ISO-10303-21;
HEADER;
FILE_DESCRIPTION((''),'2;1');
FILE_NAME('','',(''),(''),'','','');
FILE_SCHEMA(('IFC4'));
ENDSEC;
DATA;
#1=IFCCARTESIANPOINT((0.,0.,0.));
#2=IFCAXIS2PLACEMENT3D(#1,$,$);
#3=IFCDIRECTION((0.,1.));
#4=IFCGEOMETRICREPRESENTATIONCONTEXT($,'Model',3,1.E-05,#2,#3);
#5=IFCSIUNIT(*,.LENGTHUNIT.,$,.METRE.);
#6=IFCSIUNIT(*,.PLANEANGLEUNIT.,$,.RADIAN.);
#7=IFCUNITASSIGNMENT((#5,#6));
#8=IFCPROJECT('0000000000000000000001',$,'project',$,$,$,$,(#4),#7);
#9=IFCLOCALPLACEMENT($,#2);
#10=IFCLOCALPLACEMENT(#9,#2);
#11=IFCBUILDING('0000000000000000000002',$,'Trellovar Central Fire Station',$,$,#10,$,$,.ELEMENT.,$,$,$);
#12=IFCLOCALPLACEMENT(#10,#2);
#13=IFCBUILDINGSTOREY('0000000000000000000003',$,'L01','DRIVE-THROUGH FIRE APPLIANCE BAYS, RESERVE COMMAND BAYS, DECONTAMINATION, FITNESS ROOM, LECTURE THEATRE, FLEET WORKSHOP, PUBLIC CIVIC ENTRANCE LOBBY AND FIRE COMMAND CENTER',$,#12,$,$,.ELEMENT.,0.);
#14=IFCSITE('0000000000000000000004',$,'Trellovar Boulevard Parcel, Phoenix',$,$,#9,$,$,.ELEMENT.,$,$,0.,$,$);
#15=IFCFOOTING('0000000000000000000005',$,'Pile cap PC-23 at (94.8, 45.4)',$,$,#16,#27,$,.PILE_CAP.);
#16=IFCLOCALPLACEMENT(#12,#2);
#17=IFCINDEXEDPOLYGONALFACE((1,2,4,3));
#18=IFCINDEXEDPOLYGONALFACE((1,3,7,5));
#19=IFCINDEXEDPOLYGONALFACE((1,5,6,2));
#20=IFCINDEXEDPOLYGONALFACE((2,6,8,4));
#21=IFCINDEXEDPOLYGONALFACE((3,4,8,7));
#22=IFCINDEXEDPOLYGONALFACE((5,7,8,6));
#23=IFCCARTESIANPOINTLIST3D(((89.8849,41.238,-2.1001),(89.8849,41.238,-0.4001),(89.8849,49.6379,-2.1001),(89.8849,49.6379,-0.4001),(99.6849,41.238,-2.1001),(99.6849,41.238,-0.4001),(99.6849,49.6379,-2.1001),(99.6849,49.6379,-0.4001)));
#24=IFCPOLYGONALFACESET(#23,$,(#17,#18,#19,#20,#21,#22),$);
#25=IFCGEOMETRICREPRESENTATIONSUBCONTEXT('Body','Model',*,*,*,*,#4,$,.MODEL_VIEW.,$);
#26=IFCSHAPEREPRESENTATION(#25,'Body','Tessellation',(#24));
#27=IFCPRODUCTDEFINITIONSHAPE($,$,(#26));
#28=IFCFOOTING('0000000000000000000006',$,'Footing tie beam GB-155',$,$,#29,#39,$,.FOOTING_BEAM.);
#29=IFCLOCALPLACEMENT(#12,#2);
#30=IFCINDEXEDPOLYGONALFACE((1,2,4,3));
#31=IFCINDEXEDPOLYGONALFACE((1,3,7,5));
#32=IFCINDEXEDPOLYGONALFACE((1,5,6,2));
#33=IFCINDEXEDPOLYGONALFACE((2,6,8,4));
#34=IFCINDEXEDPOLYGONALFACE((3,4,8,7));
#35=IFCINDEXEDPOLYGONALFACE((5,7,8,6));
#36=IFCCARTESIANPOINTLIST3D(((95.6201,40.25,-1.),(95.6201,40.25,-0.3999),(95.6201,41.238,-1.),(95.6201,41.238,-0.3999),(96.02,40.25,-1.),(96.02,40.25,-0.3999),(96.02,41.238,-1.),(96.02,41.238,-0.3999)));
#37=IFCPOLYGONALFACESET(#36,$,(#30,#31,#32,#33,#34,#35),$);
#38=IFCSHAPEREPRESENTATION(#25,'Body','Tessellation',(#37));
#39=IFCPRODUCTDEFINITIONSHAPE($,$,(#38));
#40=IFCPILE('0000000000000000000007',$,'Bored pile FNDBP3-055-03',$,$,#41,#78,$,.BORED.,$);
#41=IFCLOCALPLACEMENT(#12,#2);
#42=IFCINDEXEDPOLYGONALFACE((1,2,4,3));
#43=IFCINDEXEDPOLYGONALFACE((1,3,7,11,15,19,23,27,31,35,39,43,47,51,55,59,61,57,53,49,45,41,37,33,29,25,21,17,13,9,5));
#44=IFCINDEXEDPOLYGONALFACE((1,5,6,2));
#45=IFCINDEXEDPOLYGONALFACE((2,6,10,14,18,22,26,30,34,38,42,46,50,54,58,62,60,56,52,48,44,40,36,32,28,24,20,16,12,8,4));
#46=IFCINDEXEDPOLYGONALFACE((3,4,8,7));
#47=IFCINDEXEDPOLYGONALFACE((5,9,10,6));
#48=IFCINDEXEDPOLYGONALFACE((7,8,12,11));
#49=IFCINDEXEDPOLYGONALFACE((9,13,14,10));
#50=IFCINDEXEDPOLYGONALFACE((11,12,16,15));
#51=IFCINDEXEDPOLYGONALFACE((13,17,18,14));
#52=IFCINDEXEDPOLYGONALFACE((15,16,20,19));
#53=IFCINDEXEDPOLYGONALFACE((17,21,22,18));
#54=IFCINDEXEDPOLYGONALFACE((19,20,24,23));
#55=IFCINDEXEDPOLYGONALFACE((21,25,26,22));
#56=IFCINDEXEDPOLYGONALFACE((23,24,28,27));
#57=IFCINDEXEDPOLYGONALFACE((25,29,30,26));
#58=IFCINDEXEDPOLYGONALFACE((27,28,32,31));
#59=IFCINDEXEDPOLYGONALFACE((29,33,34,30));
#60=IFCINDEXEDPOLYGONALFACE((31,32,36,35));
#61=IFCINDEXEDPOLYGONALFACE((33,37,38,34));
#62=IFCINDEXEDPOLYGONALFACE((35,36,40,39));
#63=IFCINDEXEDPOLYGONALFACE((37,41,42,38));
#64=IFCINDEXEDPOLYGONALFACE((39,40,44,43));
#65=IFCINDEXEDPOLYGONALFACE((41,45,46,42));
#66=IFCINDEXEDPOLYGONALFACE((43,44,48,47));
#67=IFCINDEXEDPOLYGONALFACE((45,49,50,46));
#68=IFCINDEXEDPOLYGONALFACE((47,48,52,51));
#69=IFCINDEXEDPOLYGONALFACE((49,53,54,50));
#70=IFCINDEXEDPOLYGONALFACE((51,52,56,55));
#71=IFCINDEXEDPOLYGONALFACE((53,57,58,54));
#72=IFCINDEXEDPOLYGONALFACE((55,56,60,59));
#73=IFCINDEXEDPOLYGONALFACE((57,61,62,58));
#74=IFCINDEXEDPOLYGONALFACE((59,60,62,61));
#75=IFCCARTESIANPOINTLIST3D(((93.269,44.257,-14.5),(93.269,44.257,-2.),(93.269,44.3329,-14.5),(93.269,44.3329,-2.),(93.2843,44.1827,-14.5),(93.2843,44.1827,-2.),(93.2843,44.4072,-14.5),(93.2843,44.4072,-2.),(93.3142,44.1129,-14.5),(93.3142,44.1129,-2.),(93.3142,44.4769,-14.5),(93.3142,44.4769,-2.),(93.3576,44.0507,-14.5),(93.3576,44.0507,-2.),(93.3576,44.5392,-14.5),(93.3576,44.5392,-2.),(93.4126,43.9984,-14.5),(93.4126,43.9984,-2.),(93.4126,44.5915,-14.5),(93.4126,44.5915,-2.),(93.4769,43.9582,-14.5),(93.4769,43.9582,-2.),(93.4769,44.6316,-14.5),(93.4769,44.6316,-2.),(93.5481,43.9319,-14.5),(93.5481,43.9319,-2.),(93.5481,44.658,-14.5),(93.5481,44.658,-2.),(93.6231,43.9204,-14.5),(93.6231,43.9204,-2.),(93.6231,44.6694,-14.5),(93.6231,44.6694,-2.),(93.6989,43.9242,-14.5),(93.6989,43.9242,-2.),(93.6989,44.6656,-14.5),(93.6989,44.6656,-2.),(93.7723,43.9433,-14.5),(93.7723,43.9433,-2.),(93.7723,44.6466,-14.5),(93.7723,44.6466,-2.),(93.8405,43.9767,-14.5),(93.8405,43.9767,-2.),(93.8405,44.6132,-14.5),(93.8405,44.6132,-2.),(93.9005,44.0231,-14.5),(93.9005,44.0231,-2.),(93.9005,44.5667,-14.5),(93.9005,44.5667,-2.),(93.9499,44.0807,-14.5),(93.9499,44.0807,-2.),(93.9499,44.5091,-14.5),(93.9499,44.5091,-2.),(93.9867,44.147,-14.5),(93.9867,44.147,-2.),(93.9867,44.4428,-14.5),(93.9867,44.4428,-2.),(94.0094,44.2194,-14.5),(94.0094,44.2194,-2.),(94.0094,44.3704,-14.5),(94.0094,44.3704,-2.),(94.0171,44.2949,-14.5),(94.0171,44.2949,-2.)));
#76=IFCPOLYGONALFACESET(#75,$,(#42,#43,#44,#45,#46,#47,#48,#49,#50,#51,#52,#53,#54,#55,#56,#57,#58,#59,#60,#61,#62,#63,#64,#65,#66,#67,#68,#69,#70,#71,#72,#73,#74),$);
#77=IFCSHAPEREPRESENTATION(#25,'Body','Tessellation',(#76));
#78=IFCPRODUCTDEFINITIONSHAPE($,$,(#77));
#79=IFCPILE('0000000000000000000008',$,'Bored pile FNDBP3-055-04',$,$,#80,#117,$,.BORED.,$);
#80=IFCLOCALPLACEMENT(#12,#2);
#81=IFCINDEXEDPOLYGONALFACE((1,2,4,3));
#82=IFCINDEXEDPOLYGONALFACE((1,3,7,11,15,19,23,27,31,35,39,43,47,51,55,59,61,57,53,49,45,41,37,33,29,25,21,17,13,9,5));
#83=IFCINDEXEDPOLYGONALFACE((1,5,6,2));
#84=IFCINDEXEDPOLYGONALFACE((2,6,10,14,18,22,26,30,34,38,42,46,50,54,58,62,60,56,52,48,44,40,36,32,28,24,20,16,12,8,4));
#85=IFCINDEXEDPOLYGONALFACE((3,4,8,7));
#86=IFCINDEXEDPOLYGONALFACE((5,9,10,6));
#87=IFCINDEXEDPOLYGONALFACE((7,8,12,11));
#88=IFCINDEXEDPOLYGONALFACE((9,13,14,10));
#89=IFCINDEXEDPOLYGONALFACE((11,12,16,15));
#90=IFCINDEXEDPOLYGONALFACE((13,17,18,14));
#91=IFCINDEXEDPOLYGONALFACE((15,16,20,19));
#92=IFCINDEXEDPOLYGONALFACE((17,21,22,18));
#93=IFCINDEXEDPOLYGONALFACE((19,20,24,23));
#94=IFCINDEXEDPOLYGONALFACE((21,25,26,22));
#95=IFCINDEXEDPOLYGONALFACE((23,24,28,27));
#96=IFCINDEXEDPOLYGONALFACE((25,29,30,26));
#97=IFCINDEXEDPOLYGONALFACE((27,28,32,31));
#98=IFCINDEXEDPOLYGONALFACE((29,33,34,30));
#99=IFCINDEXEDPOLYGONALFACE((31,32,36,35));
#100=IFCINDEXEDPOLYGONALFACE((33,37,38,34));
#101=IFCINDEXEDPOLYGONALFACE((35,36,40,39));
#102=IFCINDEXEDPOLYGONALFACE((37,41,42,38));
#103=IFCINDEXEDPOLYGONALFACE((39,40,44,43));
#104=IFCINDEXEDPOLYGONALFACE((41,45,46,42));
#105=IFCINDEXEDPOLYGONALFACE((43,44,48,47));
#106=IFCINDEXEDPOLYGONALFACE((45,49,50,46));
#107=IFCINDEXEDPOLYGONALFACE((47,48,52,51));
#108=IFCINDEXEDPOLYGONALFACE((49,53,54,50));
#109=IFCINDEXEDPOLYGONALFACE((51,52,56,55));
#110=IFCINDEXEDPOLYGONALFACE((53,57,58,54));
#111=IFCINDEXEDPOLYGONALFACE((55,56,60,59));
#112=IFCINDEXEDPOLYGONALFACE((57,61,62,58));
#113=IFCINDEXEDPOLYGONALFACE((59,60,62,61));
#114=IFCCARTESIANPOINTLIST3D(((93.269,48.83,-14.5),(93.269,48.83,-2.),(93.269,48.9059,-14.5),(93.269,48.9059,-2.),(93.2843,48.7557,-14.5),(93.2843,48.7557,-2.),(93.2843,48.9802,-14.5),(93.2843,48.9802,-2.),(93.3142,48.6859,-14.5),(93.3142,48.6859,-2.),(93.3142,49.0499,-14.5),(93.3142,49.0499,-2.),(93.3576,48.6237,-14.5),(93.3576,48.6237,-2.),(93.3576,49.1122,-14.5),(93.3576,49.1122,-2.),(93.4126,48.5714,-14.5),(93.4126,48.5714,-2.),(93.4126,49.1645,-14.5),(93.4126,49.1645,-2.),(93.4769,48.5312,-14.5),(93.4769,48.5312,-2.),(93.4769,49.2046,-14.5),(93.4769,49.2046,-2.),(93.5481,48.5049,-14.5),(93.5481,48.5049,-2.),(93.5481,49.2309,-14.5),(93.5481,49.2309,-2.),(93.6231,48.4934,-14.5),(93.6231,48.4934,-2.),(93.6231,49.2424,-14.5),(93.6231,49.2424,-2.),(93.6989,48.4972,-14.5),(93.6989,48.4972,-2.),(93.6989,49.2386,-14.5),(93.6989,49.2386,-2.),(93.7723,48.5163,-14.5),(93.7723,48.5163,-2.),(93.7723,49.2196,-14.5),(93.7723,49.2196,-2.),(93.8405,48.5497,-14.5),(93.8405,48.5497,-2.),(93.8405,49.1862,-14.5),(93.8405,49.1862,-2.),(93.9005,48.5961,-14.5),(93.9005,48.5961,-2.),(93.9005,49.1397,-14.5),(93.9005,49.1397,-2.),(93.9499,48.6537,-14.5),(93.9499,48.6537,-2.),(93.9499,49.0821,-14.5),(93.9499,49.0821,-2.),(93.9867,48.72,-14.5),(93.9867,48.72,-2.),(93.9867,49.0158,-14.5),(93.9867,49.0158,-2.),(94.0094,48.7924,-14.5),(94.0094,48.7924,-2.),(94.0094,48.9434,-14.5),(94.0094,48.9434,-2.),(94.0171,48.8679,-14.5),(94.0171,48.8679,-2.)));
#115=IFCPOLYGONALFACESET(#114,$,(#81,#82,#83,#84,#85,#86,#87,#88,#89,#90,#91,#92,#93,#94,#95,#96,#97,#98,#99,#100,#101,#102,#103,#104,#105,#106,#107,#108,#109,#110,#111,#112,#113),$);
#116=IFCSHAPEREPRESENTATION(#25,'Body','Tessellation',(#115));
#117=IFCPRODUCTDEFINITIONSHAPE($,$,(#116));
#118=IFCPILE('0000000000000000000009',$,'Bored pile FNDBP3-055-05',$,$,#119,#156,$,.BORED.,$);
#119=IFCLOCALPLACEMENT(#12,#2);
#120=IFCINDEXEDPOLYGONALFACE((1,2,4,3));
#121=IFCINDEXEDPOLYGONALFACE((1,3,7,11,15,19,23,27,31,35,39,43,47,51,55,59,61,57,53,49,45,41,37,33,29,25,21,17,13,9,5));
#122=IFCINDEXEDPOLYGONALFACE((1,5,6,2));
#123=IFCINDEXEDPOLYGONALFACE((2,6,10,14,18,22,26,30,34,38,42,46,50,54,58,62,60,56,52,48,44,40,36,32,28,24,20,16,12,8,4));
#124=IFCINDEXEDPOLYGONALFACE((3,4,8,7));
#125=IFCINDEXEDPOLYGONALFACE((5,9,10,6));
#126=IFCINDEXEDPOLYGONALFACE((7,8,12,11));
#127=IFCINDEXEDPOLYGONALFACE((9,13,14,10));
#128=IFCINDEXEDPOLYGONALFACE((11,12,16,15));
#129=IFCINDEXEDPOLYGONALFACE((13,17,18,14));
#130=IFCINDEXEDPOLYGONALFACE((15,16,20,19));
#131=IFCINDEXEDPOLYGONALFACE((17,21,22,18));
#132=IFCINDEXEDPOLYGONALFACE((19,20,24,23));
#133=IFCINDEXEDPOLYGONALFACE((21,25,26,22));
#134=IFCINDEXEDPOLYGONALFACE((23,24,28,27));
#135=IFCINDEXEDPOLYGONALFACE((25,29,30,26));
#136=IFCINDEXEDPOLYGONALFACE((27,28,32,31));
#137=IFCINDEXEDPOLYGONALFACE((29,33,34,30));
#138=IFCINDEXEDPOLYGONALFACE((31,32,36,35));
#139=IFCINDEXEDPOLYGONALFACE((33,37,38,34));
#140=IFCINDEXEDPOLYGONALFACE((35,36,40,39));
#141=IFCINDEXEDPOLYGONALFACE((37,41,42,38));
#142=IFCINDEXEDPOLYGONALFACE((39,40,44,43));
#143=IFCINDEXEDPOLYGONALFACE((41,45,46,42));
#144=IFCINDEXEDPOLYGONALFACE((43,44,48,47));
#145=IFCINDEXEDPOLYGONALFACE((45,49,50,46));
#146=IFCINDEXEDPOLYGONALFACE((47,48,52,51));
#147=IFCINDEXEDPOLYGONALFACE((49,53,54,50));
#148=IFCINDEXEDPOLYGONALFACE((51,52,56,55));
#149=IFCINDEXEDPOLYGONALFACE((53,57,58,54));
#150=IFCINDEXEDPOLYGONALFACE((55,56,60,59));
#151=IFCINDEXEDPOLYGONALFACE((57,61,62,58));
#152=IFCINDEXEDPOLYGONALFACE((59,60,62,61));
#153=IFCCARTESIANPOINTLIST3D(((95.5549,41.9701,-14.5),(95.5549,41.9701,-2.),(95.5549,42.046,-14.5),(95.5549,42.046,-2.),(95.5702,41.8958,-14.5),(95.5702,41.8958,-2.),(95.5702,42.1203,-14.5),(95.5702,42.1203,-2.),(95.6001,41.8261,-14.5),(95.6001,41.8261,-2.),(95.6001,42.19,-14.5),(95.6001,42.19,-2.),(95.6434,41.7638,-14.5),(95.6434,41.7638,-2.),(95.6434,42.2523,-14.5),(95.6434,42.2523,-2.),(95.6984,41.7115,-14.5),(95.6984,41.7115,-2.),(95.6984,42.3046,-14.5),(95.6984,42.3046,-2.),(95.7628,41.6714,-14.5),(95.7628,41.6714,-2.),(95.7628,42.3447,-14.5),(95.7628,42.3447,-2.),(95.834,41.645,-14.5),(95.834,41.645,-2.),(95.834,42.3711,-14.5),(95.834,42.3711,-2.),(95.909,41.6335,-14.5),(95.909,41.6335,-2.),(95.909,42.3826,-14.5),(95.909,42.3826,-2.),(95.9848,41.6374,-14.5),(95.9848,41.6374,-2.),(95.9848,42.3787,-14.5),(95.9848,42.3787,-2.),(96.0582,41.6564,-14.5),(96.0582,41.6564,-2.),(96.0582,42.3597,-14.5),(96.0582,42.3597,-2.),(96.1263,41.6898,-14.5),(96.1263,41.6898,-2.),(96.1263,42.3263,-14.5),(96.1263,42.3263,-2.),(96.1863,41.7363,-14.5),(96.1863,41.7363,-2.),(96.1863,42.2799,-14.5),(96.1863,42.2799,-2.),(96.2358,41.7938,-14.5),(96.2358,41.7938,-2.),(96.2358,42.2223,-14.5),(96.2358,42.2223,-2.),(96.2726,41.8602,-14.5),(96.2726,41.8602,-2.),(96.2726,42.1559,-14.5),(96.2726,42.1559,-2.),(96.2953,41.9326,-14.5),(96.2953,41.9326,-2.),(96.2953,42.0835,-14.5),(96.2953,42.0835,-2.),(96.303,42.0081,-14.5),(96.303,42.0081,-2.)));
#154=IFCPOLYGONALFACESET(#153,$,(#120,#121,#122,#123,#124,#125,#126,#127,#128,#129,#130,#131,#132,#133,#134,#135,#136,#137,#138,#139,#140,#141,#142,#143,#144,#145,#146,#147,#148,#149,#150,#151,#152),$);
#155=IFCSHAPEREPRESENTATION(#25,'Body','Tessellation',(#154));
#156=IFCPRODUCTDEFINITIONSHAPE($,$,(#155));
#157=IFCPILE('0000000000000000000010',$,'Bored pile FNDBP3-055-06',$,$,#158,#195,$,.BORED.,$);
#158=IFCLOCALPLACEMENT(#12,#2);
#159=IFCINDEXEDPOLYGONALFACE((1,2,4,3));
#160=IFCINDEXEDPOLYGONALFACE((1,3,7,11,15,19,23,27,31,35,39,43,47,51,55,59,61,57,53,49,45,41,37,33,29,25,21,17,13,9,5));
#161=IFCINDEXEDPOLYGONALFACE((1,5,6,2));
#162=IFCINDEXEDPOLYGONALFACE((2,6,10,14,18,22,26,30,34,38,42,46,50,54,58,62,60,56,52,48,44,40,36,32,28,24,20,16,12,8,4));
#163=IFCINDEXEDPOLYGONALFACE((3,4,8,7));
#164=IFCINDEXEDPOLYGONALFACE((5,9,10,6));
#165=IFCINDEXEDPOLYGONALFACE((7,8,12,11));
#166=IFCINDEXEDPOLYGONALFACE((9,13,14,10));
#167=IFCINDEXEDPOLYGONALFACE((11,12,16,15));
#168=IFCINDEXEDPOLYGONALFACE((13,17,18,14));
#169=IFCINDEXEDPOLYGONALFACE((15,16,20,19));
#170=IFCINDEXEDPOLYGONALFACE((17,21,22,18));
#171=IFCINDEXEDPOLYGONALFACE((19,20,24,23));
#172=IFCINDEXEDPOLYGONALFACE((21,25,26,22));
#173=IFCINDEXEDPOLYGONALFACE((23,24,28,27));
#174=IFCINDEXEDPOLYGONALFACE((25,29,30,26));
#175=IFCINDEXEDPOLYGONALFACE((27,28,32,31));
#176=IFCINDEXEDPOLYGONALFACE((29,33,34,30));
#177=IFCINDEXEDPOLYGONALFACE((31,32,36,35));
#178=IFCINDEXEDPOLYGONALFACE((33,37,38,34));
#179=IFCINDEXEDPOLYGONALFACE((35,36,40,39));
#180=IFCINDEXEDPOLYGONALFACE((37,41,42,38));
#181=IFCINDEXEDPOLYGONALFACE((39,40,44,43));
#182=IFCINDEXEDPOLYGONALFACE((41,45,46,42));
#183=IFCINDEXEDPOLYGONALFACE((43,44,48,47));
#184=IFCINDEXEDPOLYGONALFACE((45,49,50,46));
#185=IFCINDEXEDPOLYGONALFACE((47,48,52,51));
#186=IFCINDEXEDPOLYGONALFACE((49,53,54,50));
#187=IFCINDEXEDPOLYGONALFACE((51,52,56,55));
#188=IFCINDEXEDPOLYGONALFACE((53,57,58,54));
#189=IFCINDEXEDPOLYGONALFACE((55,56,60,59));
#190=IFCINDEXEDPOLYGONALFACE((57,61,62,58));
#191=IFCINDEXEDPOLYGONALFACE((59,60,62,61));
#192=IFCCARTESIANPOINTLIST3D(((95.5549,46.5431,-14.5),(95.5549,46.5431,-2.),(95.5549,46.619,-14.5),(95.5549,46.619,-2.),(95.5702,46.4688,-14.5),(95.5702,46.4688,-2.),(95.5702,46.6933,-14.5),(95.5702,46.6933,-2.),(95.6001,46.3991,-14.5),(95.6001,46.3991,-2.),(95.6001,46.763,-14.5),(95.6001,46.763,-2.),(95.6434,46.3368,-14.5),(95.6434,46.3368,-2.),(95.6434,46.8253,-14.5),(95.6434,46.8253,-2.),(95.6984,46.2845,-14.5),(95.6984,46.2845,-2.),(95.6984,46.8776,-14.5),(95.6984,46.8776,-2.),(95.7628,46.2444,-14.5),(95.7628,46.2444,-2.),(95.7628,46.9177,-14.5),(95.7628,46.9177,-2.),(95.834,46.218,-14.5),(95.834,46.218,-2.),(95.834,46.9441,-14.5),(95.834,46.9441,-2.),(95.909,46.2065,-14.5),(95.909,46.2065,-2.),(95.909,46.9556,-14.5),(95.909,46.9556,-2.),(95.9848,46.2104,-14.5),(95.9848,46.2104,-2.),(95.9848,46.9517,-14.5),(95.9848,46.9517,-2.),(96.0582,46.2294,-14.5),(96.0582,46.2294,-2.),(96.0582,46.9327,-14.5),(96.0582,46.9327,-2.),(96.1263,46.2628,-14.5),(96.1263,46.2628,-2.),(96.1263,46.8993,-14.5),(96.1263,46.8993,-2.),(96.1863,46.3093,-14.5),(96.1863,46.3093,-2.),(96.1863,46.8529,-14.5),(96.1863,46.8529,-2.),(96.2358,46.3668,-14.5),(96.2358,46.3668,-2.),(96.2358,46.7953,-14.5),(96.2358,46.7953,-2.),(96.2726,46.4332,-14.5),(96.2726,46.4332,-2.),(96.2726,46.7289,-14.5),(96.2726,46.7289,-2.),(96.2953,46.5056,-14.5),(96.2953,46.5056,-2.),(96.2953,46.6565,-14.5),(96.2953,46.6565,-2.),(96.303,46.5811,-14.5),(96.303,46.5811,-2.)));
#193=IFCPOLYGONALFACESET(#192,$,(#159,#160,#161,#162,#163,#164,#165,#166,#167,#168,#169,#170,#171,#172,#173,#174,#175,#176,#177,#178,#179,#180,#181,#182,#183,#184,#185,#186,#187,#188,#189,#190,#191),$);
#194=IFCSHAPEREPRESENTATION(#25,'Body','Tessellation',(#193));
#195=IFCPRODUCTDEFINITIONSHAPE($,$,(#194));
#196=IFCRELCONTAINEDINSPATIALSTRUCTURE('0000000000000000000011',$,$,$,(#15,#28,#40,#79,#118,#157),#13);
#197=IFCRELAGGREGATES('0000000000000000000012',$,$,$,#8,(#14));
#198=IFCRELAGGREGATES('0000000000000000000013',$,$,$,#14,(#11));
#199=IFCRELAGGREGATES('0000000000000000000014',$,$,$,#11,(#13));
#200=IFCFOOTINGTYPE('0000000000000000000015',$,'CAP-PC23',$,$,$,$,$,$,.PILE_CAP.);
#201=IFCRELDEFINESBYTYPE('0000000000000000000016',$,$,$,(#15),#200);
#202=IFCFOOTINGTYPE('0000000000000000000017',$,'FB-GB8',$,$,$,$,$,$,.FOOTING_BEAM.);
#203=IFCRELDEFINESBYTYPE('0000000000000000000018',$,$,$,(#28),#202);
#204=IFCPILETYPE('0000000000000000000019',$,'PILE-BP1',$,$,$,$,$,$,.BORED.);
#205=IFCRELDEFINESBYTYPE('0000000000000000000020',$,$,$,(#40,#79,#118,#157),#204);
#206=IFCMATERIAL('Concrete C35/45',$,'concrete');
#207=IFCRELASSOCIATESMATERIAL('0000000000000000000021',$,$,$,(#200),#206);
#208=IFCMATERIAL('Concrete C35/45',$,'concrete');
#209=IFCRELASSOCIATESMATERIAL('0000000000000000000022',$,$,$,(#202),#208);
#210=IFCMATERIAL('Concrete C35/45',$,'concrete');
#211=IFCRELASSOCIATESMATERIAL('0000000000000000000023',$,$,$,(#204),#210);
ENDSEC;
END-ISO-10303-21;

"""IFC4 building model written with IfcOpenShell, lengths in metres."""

from ifc_helpers import new_model, si_unit, direction, frame, origin, origin_2d, place, context, subcontext, project, spatial, rectangle, circle, extrude, material, material_profile, profile_set, type_object, element, save


model = new_model("IFC4")

# Units and contexts
model_context = context("Model", 3, precision=1e-05, world=origin(), true_north=direction((0.0, 1.0)))
body_context = subcontext(model_context, "Body", "Model", "MODEL_VIEW")
ifc_project = project(units=[si_unit("LENGTHUNIT", "METRE"), si_unit("PLANEANGLEUNIT", "RADIAN")], contexts=[model_context])

# Site, building, storey
site_placement = place(None, origin())
site = spatial("IfcSite", under=ifc_project, at=site_placement, Name="Trellovar Boulevard Parcel, Phoenix", CompositionType="ELEMENT", RefElevation=0.0)
building_placement = place(site_placement, origin())
building = spatial("IfcBuilding", under=site, at=building_placement, Name="Trellovar Central Fire Station", CompositionType="ELEMENT")
storey_placement = place(building_placement, origin())
storey = spatial("IfcBuildingStorey", under=building, at=storey_placement, Name="L01", Description="DRIVE-THROUGH FIRE APPLIANCE BAYS, RESERVE COMMAND BAYS, DECONTAMINATION, FITNESS ROOM, LECTURE THEATRE, FLEET WORKSHOP, PUBLIC CIVIC ENTRANCE LOBBY AND FIRE COMMAND CENTER", CompositionType="ELEMENT", Elevation=0.0)

# Footings
ifc_material_1 = material(Name="Concrete C35/45", Category="concrete")
footing_type_1 = type_object("IfcFootingType", Name="CAP-PC23", PredefinedType="PILE_CAP", material=ifc_material_1)
footing_1_placement = place(storey_placement, frame((94.7849, 45.438, -2.1001), z_axis=(0.0, 0.0, 1.0), x_axis=(1.0, 0.0, 0.0)))
element("IfcFooting", 1, at=footing_1_placement, inside=storey, type_object=footing_type_1, Name="Pile cap PC-23 at (94.8, 45.4)", PredefinedType="PILE_CAP", context=body_context, shape_type="SweptSolid", body=[
    extrude(rectangle(XDim=9.8, YDim=8.3999, at=origin_2d()), origin(), (0.0, 0.0, 1.0), 1.7),
])
ifc_material_2 = material(Name="Concrete C35/45", Category="concrete")
ifc_material_profile_1 = material_profile(ifc_material_2, rectangle(XDim=0.3999, YDim=0.6001, at=origin_2d()), Name="RC400X600")
ifc_profile_set_1 = profile_set([ifc_material_profile_1], Name="Concrete C35/45")
footing_type_2 = type_object("IfcFootingType", Name="FB-GB8", PredefinedType="FOOTING_BEAM", material=ifc_profile_set_1)
footing_2_placement = place(storey_placement, frame((95.8201, 40.25, -0.7), z_axis=(0.0, 1.0, 0.0), x_axis=(-1.0, 0.0, 0.0)))
element("IfcFooting", 2, at=footing_2_placement, inside=storey, type_object=footing_type_2, Name="Footing tie beam GB-155", PredefinedType="FOOTING_BEAM", context=body_context, shape_type="SweptSolid", body=[
    extrude(rectangle(XDim=0.3999, YDim=0.6001, at=origin_2d()), origin(), (0.0, 0.0, 1.0), 0.988),
])

# Piles
ifc_material_3 = material(Name="Concrete C35/45", Category="concrete")
ifc_material_profile_2 = material_profile(ifc_material_3, circle(Radius=0.375, at=origin_2d()), Name="PILE750")
ifc_profile_set_2 = profile_set([ifc_material_profile_2], Name="Concrete C35/45")
pile_type = type_object("IfcPileType", Name="PILE-BP1", PredefinedType="BORED", material=ifc_profile_set_2)
for number, where, z_axis, x_axis, name in (
    (3, (93.6421, 44.2949, -2.0), (0.0, 0.0, -1.0), (1.0, 0.0, 0.0), "Bored pile FNDBP3-055-03"),
    (4, (93.6421, 48.8679, -2.0), (0.0, 0.0, -1.0), (1.0, 0.0, 0.0), "Bored pile FNDBP3-055-04"),
    (5, (95.928, 42.0081, -2.0), (0.0, 0.0, -1.0), (1.0, 0.0, 0.0), "Bored pile FNDBP3-055-05"),
    (6, (95.928, 46.5811, -2.0), (0.0, 0.0, -1.0), (1.0, 0.0, 0.0), "Bored pile FNDBP3-055-06"),
):
    element("IfcPile", number, at=place(storey_placement, frame(where, z_axis=z_axis, x_axis=x_axis)), inside=storey, type_object=pile_type, Name=name, PredefinedType="BORED", context=body_context, shape_type="SweptSolid", body=[
        extrude(circle(Radius=0.375, at=origin_2d()), origin(), (0.0, 0.0, 1.0), 12.5),
    ])

save(model, "model.ifc")
